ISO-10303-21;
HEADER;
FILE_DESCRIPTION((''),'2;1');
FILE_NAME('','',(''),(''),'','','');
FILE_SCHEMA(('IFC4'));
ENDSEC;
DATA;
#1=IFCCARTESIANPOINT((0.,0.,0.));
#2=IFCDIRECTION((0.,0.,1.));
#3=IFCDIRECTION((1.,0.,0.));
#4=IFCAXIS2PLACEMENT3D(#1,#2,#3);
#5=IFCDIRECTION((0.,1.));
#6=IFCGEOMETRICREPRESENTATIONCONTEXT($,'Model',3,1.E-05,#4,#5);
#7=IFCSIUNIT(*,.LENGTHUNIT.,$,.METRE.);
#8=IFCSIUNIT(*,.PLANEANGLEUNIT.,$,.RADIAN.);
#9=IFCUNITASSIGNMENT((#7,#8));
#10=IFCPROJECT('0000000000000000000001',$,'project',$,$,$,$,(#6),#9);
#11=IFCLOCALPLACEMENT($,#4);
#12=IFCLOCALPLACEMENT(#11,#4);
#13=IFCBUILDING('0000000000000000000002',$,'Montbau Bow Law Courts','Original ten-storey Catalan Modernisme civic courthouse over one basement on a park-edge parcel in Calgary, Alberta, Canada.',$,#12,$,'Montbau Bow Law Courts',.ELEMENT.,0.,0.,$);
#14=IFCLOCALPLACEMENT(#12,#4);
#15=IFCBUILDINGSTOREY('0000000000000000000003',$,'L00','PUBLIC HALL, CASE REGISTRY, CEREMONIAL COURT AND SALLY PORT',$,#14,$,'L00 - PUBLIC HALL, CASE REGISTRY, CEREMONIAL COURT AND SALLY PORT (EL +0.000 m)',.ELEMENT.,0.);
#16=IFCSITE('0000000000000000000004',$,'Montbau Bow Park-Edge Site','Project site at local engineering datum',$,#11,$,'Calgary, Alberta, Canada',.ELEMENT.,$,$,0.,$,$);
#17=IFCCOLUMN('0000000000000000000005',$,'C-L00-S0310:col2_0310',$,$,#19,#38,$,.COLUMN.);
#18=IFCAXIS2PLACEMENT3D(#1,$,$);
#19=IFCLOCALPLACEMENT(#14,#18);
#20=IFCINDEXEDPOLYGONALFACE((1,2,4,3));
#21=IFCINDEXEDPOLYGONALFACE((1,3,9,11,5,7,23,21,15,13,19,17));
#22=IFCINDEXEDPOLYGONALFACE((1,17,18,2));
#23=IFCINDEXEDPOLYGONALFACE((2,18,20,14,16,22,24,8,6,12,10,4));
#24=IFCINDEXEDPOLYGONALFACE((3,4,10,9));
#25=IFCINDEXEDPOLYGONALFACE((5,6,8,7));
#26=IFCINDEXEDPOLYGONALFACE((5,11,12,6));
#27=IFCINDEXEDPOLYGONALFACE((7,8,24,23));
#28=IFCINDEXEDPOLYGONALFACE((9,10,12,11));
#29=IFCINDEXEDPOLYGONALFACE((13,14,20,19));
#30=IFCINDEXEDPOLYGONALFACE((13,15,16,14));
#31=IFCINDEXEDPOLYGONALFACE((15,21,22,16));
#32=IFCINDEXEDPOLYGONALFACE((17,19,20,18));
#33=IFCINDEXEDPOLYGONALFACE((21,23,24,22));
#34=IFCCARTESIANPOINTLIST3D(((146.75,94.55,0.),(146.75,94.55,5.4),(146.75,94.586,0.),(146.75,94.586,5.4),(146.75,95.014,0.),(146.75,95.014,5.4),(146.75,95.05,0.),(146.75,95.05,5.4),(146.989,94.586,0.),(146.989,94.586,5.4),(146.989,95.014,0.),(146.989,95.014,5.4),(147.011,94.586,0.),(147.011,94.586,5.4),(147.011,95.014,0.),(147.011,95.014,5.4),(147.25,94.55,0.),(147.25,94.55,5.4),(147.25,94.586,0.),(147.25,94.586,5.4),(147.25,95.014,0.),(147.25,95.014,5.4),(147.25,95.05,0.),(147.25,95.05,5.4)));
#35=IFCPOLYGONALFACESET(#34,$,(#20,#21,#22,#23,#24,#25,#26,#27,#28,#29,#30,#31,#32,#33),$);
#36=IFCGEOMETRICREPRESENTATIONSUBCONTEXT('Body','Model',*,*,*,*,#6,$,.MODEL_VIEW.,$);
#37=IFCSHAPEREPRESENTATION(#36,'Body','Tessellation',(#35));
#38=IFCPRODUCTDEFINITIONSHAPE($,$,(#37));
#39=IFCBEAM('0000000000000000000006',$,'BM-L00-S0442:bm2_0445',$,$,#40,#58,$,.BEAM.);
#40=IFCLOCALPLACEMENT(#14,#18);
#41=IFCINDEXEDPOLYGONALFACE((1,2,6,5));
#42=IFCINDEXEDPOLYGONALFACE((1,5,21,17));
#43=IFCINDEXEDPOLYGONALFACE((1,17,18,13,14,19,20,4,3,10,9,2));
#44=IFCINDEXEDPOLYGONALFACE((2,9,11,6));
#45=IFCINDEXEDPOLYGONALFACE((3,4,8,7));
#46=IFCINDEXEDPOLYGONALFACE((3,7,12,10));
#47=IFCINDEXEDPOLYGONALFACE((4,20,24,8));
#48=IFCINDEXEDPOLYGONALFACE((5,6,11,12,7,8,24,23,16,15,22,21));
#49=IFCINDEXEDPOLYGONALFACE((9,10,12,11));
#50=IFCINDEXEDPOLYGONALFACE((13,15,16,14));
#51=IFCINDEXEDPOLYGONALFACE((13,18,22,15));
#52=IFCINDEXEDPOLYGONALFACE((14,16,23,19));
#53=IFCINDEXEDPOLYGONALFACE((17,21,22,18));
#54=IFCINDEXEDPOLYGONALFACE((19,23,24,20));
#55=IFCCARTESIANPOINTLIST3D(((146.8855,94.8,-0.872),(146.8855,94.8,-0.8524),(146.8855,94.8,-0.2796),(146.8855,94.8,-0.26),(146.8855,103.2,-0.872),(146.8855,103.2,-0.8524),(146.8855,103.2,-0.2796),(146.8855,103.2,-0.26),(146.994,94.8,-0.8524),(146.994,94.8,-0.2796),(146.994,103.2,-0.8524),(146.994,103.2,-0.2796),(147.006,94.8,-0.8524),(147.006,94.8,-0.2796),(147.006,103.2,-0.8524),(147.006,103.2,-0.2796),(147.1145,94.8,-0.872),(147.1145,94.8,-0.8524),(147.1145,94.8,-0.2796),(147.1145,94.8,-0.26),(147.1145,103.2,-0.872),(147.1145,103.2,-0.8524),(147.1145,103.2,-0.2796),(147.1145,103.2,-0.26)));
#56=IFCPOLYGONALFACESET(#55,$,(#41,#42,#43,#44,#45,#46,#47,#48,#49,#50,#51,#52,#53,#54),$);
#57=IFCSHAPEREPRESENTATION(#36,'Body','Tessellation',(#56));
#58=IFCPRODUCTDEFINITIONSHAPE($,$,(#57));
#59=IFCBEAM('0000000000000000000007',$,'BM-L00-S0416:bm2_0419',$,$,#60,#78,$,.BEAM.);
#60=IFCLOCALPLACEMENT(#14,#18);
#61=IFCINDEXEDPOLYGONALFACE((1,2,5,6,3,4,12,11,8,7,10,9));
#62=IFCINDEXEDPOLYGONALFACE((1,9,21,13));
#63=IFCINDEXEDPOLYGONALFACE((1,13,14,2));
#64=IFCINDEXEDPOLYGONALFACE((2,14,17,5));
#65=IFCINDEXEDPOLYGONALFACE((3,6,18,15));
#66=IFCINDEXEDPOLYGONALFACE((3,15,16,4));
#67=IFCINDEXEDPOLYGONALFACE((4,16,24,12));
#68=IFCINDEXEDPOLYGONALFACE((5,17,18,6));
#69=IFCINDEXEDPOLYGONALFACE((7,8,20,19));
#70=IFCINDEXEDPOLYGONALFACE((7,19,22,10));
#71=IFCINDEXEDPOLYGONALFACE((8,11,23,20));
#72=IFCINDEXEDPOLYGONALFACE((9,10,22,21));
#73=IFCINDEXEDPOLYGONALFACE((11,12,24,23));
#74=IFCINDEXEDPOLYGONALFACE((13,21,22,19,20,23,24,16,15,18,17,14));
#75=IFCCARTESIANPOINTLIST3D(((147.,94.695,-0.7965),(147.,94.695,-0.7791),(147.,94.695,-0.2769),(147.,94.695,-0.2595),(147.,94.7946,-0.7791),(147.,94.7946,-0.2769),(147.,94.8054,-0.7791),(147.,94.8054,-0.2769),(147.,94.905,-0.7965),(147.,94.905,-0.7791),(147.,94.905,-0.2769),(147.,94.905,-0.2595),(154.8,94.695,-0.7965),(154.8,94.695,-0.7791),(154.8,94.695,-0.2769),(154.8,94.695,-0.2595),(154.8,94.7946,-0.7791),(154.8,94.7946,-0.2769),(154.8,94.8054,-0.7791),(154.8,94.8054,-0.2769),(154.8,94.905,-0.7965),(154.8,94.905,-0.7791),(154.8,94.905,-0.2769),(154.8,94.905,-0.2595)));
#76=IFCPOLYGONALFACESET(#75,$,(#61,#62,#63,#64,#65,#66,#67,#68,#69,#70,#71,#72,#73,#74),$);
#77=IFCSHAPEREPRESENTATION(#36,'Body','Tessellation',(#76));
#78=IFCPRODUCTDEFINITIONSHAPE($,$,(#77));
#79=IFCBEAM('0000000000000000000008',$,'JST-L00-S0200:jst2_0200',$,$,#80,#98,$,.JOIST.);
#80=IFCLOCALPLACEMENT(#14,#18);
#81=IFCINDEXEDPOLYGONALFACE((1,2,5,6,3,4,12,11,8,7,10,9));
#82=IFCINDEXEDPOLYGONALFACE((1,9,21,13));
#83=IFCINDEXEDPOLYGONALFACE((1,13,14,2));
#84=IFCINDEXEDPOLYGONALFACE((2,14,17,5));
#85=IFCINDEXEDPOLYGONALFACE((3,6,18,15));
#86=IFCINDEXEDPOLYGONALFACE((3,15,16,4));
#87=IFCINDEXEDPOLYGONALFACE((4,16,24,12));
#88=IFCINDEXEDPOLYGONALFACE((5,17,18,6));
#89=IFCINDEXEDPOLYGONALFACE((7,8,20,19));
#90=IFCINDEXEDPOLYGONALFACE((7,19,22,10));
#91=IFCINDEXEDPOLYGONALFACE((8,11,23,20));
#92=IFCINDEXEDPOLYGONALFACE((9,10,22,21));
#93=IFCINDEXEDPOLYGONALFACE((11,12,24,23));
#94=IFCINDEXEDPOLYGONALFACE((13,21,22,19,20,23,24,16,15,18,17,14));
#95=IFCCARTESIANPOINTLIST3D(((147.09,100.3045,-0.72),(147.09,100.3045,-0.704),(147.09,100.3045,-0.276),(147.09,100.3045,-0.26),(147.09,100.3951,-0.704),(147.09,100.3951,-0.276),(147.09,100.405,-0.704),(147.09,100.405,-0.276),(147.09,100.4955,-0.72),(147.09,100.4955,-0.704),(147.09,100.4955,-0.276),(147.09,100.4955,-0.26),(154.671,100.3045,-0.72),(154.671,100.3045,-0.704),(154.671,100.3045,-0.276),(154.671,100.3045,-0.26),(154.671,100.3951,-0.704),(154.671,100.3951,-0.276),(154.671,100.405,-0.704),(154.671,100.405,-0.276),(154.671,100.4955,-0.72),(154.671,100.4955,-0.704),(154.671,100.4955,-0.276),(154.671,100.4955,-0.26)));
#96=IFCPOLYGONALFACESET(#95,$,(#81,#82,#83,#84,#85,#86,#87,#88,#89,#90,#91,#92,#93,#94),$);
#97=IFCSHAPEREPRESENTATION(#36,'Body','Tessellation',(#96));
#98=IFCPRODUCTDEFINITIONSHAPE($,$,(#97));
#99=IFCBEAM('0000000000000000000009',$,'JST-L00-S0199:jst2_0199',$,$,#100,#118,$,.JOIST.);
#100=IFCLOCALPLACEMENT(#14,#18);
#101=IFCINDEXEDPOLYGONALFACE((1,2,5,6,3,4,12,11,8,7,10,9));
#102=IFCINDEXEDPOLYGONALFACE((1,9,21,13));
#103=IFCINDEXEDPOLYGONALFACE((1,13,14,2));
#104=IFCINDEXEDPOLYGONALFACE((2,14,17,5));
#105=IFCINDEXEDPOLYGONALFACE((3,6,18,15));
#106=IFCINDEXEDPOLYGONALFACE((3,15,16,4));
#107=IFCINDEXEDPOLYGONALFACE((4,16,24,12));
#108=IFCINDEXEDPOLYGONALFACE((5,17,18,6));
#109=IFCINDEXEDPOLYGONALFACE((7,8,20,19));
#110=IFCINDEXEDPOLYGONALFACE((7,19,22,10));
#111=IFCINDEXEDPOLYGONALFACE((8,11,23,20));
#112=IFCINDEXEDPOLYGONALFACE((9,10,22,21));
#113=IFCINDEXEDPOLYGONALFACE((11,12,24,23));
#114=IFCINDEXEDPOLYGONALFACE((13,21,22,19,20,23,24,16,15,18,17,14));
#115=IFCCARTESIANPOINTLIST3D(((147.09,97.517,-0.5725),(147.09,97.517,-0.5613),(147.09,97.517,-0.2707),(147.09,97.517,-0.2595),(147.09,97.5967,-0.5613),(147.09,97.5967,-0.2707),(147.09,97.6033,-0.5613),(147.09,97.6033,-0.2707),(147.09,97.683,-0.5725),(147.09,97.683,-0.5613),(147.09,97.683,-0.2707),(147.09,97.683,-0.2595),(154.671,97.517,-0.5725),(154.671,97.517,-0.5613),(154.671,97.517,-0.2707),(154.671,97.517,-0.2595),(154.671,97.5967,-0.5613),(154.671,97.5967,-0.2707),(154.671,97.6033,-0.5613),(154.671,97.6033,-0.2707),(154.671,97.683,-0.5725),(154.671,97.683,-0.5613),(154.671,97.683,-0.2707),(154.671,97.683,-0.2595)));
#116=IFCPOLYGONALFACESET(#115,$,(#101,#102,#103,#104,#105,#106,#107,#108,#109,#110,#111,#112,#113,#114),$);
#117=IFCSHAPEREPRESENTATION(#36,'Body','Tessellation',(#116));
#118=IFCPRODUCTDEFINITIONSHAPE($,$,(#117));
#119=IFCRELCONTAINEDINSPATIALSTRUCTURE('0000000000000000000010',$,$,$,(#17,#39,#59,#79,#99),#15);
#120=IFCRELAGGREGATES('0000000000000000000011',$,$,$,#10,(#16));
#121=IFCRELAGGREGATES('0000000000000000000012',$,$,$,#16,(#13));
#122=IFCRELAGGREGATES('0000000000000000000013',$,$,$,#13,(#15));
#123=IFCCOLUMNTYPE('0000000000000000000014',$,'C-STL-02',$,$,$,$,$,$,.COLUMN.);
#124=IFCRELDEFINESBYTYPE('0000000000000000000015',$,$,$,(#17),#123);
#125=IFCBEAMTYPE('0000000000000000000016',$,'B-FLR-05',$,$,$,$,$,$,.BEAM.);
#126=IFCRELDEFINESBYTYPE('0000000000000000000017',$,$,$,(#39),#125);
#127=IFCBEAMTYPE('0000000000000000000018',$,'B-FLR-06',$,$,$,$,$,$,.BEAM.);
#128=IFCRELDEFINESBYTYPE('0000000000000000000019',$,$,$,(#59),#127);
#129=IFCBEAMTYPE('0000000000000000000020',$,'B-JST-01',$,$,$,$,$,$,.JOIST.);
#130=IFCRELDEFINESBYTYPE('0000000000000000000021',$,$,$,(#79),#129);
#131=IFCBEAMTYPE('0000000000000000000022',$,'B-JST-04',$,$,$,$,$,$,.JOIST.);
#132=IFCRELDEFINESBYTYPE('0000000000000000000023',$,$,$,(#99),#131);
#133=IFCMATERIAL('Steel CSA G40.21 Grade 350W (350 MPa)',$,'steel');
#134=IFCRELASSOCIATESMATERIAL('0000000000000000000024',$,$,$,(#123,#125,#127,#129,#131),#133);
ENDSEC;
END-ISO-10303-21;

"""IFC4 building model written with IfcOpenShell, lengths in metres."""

from ifc_helpers import new_model, si_unit, direction, frame, origin_with_axes, origin_2d_with_axis, place, context, subcontext, project, spatial, i_section, extrude, material, material_profile, profile_set, type_object, element, save


model = new_model("IFC4")

# Units and contexts
model_context = context("Model", 3, precision=1e-05, world=origin_with_axes(), true_north=direction((0.0, 1.0)))
body_context = subcontext(model_context, "Body", "Model", "MODEL_VIEW")
ifc_project = project(units=[si_unit("LENGTHUNIT", "METRE"), si_unit("PLANEANGLEUNIT", "RADIAN")], contexts=[model_context])

# Site, building, storey
site_placement = place(None, origin_with_axes())
site = spatial("IfcSite", under=ifc_project, at=site_placement, Name="Montbau Bow Park-Edge Site", Description="Project site at local engineering datum", LongName="Calgary, Alberta, Canada", CompositionType="ELEMENT", RefElevation=0.0)
building_placement = place(site_placement, origin_with_axes())
building = spatial("IfcBuilding", under=site, at=building_placement, Name="Montbau Bow Law Courts", Description="Original ten-storey Catalan Modernisme civic courthouse over one basement on a park-edge parcel in Calgary, Alberta, Canada.", LongName="Montbau Bow Law Courts", CompositionType="ELEMENT", ElevationOfRefHeight=0.0, ElevationOfTerrain=0.0)
storey_placement = place(building_placement, origin_with_axes())
storey = spatial("IfcBuildingStorey", under=building, at=storey_placement, Name="L00", Description="PUBLIC HALL, CASE REGISTRY, CEREMONIAL COURT AND SALLY PORT", LongName="L00 - PUBLIC HALL, CASE REGISTRY, CEREMONIAL COURT AND SALLY PORT (EL +0.000 m)", CompositionType="ELEMENT", Elevation=0.0)

# Column
ifc_material_1 = material(Name="Steel CSA G40.21 Grade 350W (350 MPa)", Category="steel")
ifc_material_profile_1 = material_profile(ifc_material_1, i_section(OverallWidth=0.5, OverallDepth=0.5, WebThickness=0.022, FlangeThickness=0.036, at=origin_2d_with_axis()), Name="WWF500X343", Category="Main", Priority=0)
ifc_profile_set_1 = profile_set([ifc_material_profile_1], Name="Steel CSA G40.21 Grade 350W (350 MPa)")
column_type = type_object("IfcColumnType", Name="C-STL-02", PredefinedType="COLUMN", material=ifc_profile_set_1)
column_placement = place(None, frame((147.0, 94.8, 0.0), z_axis=(0.0, 0.0, 1.0), x_axis=(1.0, 0.0, 0.0)))
element("IfcColumn", 1, at=column_placement, inside=storey, type_object=column_type, Name="C-L00-S0310:col2_0310", PredefinedType="COLUMN", context=body_context, shape_type="SweptSolid", body=[
    extrude(i_section(OverallWidth=0.5, OverallDepth=0.5, WebThickness=0.022, FlangeThickness=0.036, at=origin_2d_with_axis()), origin_with_axes(), (0.0, 0.0, 1.0), 5.4),
])

# Beams
ifc_material_profile_2 = material_profile(ifc_material_1, i_section(OverallWidth=0.229, OverallDepth=0.612, WebThickness=0.0119, FlangeThickness=0.0196, at=origin_2d_with_axis()), Name="W610X125", Category="Main", Priority=0)
ifc_profile_set_2 = profile_set([ifc_material_profile_2], Name="Steel CSA G40.21 Grade 350W (350 MPa)")
beam_type_1 = type_object("IfcBeamType", Name="B-FLR-05", PredefinedType="BEAM", material=ifc_profile_set_2)
beam_1_placement = place(None, frame((147.0, 94.8, -0.566), z_axis=(0.0, 1.0, 0.0), x_axis=(-1.0, 0.0, 0.0)))
element("IfcBeam", 2, at=beam_1_placement, inside=storey, type_object=beam_type_1, Name="BM-L00-S0442:bm2_0445", PredefinedType="BEAM", context=body_context, shape_type="SweptSolid", body=[
    extrude(i_section(OverallWidth=0.229, OverallDepth=0.612, WebThickness=0.0119, FlangeThickness=0.0196, at=origin_2d_with_axis()), origin_with_axes(), (0.0, 0.0, 1.0), 8.4),
])
ifc_material_profile_3 = material_profile(ifc_material_1, i_section(OverallWidth=0.21, OverallDepth=0.537, WebThickness=0.0109, FlangeThickness=0.0174, at=origin_2d_with_axis()), Name="W530X101", Category="Main", Priority=0)
ifc_profile_set_3 = profile_set([ifc_material_profile_3], Name="Steel CSA G40.21 Grade 350W (350 MPa)")
beam_type_2 = type_object("IfcBeamType", Name="B-FLR-06", PredefinedType="BEAM", material=ifc_profile_set_3)
beam_2_placement = place(None, frame((147.0, 94.8, -0.528), z_axis=(1.0, 0.0, 0.0), x_axis=(0.0, 1.0, 0.0)))
element("IfcBeam", 3, at=beam_2_placement, inside=storey, type_object=beam_type_2, Name="BM-L00-S0416:bm2_0419", PredefinedType="BEAM", context=body_context, shape_type="SweptSolid", body=[
    extrude(i_section(OverallWidth=0.21, OverallDepth=0.537, WebThickness=0.0109, FlangeThickness=0.0174, at=origin_2d_with_axis()), origin_with_axes(), (0.0, 0.0, 1.0), 7.8),
])
ifc_material_profile_4 = material_profile(ifc_material_1, i_section(OverallWidth=0.191, OverallDepth=0.46, WebThickness=0.0099, FlangeThickness=0.016, at=origin_2d_with_axis()), Name="W460X82", Category="Main", Priority=0)
ifc_profile_set_4 = profile_set([ifc_material_profile_4], Name="Steel CSA G40.21 Grade 350W (350 MPa)")
beam_type_3 = type_object("IfcBeamType", Name="B-JST-01", PredefinedType="JOIST", material=ifc_profile_set_4)
beam_3_placement = place(None, frame((147.09, 100.4, -0.49), z_axis=(1.0, 0.0, 0.0), x_axis=(0.0, 1.0, 0.0)))
element("IfcBeam", 4, at=beam_3_placement, inside=storey, type_object=beam_type_3, Name="JST-L00-S0200:jst2_0200", PredefinedType="JOIST", context=body_context, shape_type="SweptSolid", body=[
    extrude(i_section(OverallWidth=0.191, OverallDepth=0.46, WebThickness=0.0099, FlangeThickness=0.016, at=origin_2d_with_axis()), origin_with_axes(), (0.0, 0.0, 1.0), 7.581),
])
ifc_material_profile_5 = material_profile(ifc_material_1, i_section(OverallWidth=0.166, OverallDepth=0.313, WebThickness=0.0066, FlangeThickness=0.0112, at=origin_2d_with_axis()), Name="W310X45", Category="Main", Priority=0)
ifc_profile_set_5 = profile_set([ifc_material_profile_5], Name="Steel CSA G40.21 Grade 350W (350 MPa)")
beam_type_4 = type_object("IfcBeamType", Name="B-JST-04", PredefinedType="JOIST", material=ifc_profile_set_5)
beam_4_placement = place(None, frame((147.09, 97.6, -0.416), z_axis=(1.0, 0.0, 0.0), x_axis=(0.0, 1.0, 0.0)))
element("IfcBeam", 5, at=beam_4_placement, inside=storey, type_object=beam_type_4, Name="JST-L00-S0199:jst2_0199", PredefinedType="JOIST", context=body_context, shape_type="SweptSolid", body=[
    extrude(i_section(OverallWidth=0.166, OverallDepth=0.313, WebThickness=0.0066, FlangeThickness=0.0112, at=origin_2d_with_axis()), origin_with_axes(), (0.0, 0.0, 1.0), 7.581),
])

save(model, "model.ifc")
